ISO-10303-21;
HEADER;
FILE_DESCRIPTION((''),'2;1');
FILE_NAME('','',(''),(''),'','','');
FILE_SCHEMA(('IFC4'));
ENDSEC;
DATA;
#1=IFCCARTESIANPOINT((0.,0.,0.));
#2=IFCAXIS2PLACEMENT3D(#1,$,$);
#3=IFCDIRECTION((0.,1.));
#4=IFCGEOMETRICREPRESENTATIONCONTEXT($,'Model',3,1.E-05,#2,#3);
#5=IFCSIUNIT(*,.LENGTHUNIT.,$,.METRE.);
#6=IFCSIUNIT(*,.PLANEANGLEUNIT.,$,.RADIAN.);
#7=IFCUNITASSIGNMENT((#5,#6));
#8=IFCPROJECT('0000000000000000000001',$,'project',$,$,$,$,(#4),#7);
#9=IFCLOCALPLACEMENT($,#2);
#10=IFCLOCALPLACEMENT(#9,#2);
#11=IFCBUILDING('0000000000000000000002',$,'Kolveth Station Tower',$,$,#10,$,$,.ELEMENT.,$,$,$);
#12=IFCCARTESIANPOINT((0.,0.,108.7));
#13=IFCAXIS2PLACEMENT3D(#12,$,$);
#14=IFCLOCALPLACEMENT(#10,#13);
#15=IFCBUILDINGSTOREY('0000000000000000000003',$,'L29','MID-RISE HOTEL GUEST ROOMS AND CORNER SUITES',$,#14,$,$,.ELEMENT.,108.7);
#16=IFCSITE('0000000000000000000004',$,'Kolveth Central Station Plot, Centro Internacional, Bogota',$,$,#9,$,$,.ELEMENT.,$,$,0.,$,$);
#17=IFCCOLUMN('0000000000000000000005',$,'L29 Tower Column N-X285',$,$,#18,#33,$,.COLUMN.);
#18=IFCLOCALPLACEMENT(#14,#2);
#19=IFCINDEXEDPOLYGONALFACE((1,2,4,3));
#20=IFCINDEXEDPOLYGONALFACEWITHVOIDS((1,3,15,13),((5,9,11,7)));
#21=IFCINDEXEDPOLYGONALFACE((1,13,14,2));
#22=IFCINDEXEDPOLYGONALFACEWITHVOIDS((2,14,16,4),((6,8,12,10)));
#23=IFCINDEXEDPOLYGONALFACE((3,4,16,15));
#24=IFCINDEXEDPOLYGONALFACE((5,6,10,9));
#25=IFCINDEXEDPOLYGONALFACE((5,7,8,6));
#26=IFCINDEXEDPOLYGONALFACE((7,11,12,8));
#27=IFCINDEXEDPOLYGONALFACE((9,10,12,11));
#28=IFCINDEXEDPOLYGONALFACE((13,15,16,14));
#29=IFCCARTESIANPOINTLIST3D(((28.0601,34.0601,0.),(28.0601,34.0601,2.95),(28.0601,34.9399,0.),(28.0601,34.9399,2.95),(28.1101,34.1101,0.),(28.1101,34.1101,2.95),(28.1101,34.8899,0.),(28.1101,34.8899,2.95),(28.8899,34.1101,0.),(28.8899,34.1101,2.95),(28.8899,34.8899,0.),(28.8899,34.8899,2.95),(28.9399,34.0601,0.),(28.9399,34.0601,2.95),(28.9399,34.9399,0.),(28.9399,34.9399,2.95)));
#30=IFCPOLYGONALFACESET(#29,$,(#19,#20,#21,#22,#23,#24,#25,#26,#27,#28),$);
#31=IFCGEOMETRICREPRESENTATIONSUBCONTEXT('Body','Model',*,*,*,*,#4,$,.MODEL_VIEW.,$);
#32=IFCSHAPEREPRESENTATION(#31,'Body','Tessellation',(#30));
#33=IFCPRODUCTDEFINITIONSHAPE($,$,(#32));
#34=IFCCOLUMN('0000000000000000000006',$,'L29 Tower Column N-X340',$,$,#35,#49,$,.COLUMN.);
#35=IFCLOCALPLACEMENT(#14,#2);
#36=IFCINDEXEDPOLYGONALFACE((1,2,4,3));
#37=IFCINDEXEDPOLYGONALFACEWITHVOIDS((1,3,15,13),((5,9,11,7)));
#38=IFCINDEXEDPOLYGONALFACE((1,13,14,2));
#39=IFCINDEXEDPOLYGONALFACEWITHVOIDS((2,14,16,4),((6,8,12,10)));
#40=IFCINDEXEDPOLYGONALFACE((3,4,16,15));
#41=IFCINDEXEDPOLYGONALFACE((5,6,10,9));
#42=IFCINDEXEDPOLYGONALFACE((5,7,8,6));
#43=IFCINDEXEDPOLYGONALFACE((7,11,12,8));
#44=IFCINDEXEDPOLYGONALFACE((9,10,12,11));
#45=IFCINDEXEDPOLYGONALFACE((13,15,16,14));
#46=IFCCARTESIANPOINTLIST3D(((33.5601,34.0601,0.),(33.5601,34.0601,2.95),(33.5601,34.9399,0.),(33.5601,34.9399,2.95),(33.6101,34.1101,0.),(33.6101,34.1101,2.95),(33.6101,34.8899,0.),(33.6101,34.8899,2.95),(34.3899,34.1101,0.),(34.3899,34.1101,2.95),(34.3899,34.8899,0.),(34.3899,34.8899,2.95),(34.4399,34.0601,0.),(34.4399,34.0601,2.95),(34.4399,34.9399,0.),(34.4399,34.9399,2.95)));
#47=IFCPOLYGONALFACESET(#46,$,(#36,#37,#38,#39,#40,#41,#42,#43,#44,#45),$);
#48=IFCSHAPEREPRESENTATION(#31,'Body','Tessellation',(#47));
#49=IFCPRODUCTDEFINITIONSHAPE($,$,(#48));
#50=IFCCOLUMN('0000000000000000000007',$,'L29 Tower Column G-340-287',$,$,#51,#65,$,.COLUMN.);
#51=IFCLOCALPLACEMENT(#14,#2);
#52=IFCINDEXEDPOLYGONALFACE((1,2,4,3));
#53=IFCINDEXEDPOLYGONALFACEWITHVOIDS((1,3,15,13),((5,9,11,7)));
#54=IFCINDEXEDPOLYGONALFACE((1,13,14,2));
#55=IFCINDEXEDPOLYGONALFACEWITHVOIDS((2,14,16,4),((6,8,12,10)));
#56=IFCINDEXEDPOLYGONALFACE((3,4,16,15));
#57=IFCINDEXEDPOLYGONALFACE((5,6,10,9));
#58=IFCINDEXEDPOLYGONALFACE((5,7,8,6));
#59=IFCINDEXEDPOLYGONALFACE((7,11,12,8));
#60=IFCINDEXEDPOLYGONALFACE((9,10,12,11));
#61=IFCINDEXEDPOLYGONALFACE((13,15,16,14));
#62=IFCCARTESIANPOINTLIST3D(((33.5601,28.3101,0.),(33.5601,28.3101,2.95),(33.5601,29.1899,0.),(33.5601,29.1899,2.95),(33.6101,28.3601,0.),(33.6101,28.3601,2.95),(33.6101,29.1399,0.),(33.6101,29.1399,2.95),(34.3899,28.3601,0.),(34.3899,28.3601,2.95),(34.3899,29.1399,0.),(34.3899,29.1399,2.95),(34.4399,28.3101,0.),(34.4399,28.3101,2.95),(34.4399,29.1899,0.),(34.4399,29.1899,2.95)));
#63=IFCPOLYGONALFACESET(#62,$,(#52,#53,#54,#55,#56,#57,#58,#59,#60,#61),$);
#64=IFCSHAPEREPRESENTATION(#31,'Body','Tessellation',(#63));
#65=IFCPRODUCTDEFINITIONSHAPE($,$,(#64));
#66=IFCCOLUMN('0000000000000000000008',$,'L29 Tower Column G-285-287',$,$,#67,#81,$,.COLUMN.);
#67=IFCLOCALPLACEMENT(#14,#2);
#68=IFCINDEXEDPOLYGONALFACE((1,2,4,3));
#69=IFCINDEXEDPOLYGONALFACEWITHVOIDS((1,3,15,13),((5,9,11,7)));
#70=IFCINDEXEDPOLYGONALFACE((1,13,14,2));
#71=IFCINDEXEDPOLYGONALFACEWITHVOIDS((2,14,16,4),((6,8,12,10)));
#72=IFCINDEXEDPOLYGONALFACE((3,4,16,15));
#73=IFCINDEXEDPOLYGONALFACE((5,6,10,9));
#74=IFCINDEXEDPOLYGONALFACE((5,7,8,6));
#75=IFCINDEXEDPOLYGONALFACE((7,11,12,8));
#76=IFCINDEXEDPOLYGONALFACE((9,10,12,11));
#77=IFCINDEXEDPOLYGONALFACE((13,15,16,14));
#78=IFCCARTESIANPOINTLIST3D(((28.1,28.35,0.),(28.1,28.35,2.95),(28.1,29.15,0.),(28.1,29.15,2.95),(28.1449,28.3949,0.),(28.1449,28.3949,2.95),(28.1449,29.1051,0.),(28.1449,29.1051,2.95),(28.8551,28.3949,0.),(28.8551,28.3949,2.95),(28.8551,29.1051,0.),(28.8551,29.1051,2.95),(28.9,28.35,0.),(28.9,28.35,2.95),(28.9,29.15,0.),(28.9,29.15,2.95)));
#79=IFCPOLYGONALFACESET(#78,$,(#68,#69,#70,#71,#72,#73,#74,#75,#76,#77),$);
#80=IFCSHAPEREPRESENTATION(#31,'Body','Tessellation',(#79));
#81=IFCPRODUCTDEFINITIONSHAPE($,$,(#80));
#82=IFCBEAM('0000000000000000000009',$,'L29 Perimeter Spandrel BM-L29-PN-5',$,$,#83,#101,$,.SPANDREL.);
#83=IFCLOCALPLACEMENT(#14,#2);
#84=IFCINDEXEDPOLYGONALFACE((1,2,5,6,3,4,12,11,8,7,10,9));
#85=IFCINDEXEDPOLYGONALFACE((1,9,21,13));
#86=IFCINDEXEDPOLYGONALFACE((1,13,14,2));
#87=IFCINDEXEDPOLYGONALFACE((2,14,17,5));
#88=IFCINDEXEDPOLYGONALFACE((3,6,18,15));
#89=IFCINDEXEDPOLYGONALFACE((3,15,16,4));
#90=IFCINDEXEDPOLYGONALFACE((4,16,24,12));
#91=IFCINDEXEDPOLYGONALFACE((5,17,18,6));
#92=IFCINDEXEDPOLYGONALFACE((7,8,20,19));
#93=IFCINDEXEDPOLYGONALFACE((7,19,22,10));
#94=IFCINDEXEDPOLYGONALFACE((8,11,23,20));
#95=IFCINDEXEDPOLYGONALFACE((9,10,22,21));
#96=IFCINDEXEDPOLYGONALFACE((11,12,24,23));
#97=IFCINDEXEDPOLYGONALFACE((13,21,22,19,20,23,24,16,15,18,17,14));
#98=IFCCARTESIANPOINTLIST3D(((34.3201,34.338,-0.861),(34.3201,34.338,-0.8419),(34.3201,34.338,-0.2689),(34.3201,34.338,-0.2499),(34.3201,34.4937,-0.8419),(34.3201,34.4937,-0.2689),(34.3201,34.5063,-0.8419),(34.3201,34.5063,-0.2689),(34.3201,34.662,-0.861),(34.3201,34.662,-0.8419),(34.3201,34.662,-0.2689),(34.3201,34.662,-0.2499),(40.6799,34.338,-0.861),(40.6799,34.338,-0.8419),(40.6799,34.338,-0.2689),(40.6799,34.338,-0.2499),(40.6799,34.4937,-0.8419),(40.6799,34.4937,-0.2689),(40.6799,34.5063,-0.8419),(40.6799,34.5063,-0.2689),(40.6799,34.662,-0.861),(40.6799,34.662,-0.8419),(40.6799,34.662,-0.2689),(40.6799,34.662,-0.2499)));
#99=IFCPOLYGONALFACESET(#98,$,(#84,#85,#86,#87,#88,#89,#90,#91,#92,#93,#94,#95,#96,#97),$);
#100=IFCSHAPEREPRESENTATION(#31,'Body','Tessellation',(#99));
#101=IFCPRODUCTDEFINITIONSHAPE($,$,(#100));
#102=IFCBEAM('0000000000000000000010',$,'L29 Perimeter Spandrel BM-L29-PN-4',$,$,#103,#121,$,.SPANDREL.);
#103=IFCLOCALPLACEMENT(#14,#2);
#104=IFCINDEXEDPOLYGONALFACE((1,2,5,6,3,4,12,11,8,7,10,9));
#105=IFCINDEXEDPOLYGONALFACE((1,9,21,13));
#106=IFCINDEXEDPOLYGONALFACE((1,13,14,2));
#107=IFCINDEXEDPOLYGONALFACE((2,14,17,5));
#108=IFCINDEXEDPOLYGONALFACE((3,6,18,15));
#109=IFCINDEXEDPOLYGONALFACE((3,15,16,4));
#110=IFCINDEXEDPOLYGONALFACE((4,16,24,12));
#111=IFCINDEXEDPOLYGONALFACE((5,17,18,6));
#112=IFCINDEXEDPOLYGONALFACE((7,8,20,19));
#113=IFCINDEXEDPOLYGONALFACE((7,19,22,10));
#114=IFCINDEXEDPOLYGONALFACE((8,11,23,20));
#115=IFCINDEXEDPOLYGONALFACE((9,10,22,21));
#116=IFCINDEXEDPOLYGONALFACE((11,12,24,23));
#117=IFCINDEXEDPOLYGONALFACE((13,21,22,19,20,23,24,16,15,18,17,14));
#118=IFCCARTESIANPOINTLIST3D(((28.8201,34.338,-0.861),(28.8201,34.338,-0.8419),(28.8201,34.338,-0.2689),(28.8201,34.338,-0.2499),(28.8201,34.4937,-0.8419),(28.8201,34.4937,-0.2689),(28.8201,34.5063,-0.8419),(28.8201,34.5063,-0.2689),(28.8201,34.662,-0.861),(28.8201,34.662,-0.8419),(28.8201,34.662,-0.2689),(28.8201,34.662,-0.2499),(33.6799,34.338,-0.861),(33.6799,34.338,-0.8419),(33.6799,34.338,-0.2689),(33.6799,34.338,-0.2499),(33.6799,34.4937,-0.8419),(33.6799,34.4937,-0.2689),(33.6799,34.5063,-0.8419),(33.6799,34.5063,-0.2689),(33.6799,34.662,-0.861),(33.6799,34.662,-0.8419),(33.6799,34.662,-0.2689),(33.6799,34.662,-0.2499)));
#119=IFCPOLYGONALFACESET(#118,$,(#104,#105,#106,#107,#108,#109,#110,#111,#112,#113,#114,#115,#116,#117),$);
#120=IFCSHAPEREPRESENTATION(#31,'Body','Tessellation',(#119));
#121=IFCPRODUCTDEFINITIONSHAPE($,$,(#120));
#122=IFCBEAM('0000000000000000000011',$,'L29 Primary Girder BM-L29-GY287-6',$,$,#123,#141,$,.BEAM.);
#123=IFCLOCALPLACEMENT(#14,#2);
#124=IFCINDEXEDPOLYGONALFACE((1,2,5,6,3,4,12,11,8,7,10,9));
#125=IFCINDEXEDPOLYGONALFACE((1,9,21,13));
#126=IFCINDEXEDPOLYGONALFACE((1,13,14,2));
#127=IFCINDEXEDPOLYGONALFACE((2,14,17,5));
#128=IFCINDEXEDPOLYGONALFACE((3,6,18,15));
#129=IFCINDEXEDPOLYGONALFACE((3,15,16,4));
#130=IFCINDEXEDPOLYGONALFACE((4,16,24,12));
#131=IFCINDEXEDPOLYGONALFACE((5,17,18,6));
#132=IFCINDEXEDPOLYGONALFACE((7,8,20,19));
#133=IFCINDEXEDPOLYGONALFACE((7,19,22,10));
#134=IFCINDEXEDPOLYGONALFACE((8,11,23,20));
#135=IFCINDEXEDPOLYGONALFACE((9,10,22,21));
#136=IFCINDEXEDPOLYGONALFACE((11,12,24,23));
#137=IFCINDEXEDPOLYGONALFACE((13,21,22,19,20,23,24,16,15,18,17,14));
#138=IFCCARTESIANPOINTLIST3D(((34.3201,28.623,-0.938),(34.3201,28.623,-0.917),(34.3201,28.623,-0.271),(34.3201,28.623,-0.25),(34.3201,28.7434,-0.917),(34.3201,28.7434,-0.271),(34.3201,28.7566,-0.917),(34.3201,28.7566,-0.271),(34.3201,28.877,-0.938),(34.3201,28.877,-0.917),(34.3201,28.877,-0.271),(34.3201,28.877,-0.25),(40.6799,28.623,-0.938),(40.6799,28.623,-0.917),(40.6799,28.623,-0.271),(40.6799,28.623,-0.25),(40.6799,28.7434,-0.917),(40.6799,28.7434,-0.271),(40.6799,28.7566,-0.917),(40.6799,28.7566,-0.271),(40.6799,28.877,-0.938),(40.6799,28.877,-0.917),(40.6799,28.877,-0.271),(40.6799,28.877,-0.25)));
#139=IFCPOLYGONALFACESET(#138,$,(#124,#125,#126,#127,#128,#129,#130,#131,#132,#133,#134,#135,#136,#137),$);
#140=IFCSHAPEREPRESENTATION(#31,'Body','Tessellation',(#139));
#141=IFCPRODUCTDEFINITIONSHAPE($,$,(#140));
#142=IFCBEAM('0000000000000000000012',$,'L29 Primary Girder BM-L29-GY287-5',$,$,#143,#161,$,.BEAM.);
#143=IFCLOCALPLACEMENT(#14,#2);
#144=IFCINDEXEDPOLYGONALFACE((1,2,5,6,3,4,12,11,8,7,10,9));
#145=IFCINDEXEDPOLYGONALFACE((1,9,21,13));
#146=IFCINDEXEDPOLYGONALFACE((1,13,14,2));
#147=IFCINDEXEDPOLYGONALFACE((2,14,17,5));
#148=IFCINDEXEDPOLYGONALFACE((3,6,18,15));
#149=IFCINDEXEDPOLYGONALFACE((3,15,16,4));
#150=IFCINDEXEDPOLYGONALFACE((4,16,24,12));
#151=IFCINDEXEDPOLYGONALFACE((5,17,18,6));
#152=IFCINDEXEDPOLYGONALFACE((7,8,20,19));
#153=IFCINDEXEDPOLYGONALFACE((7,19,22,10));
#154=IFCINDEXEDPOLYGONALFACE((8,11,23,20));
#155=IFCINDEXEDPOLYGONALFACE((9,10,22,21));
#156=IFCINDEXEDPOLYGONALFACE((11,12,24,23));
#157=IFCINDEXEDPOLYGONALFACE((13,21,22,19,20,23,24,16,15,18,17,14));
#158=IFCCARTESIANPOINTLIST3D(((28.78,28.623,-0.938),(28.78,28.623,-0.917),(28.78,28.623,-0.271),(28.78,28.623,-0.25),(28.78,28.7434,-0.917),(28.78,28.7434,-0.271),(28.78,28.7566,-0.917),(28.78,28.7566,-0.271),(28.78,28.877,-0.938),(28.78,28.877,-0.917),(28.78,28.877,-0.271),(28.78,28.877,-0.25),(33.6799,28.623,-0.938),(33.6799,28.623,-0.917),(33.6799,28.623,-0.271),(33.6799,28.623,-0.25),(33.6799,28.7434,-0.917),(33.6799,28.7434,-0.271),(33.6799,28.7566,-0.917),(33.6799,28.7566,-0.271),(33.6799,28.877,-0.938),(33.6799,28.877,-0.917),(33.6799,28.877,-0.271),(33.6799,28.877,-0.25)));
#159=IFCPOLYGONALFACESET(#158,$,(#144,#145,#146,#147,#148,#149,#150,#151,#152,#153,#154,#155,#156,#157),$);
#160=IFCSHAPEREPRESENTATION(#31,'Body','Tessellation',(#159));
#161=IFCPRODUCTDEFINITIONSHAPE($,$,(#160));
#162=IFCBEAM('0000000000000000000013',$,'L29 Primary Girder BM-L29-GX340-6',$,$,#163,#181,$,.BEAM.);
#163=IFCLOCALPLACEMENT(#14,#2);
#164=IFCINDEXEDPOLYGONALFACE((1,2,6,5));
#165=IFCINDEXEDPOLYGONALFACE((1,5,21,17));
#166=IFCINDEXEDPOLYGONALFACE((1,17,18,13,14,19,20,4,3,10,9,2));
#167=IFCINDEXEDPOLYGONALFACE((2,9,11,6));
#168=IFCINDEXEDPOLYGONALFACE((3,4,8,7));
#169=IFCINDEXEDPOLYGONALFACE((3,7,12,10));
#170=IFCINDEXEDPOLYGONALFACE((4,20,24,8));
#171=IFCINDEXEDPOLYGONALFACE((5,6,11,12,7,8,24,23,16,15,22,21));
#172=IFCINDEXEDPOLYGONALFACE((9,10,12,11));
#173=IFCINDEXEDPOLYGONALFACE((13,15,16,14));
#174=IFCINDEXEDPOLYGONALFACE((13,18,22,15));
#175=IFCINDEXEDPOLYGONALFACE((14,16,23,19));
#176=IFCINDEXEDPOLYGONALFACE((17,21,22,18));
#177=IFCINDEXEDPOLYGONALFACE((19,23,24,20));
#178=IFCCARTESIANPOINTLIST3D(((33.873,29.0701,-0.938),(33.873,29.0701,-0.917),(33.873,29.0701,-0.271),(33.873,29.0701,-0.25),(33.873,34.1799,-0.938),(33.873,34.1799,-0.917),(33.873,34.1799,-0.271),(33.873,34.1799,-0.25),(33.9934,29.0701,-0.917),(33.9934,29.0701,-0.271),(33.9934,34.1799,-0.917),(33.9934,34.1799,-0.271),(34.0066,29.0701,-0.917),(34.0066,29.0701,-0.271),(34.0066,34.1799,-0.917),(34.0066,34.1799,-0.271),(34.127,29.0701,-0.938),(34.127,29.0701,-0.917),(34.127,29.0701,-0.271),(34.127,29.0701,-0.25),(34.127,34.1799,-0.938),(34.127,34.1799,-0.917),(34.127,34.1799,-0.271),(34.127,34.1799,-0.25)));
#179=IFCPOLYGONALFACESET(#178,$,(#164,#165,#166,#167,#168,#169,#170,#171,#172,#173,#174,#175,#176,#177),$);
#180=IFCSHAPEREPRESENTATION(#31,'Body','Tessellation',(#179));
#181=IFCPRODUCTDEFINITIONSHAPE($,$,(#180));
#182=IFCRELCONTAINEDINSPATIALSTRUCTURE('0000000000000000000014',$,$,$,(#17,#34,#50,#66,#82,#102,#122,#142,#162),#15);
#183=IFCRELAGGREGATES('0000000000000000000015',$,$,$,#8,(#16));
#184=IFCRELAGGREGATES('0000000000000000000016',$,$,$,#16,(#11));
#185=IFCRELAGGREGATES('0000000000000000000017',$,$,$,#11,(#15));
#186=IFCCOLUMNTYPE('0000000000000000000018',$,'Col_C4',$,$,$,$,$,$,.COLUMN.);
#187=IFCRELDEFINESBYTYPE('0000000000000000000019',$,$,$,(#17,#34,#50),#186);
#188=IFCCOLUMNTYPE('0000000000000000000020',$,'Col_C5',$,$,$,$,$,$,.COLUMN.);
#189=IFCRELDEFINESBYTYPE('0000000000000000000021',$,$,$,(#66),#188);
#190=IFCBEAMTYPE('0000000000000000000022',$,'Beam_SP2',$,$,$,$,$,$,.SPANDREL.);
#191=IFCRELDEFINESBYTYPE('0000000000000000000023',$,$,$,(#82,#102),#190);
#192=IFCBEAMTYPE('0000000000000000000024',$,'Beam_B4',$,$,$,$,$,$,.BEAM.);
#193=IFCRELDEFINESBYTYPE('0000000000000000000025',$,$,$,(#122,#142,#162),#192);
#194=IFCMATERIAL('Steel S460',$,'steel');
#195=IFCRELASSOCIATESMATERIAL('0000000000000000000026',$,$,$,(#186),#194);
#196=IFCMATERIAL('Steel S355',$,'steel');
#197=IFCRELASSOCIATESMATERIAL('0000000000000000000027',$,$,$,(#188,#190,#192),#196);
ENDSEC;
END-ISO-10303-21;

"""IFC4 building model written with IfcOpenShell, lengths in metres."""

from ifc_helpers import new_model, si_unit, direction, frame, origin, origin_2d, place, context, subcontext, project, spatial, hollow_rectangle, i_section, extrude, source, transform, mapped, material, material_profile, profile_set, type_object, element, save


model = new_model("IFC4")

# Units and contexts
model_context = context("Model", 3, precision=1e-05, world=origin(), true_north=direction((0.0, 1.0)))
body_context = subcontext(model_context, "Body", "Model", "MODEL_VIEW")
ifc_project = project(units=[si_unit("LENGTHUNIT", "METRE"), si_unit("PLANEANGLEUNIT", "RADIAN")], contexts=[model_context])

# Site, building, storey
site_placement = place(None, origin())
site = spatial("IfcSite", under=ifc_project, at=site_placement, Name="Kolveth Central Station Plot, Centro Internacional, Bogota", CompositionType="ELEMENT", RefElevation=0.0)
building_placement = place(site_placement, origin())
building = spatial("IfcBuilding", under=site, at=building_placement, Name="Kolveth Station Tower", CompositionType="ELEMENT")
storey_placement = place(building_placement, frame((0.0, 0.0, 108.7)))
storey = spatial("IfcBuildingStorey", under=building, at=storey_placement, Name="L29", Description="MID-RISE HOTEL GUEST ROOMS AND CORNER SUITES", CompositionType="ELEMENT", Elevation=108.7)

# Columns
ifc_material_1 = material(Name="Steel S460", Category="steel")
ifc_material_profile_1 = material_profile(ifc_material_1, hollow_rectangle(XDim=0.8799, YDim=0.8799, WallThickness=0.05, at=origin_2d()), Name="BOX880x880x50")
ifc_profile_set_1 = profile_set([ifc_material_profile_1], Name="Steel S460")
column_type_1 = type_object("IfcColumnType", Name="Col_C4", PredefinedType="COLUMN", material=ifc_profile_set_1)
shared_shape_1 = source(origin(), body_context, "Body", "SweptSolid", [
    extrude(hollow_rectangle(XDim=0.8799, YDim=0.8799, WallThickness=0.05, at=origin_2d()), origin(), (0.0, 0.0, 1.0), 2.95),
])
for number, where, z_axis, x_axis, name in (
    (1, (28.5, 34.5, 0.0), (0.0, 0.0, 1.0), (1.0, 0.0, 0.0), "L29 Tower Column N-X285"),
    (2, (34.0, 34.5, 0.0), (0.0, 0.0, 1.0), (1.0, 0.0, 0.0), "L29 Tower Column N-X340"),
    (3, (34.0, 28.75, 0.0), (0.0, 0.0, 1.0), (1.0, 0.0, 0.0), "L29 Tower Column G-340-287"),
):
    element("IfcColumn", number, at=place(storey_placement, frame(where, z_axis=z_axis, x_axis=x_axis)), inside=storey, type_object=column_type_1, Name=name, PredefinedType="COLUMN", context=body_context, shape_type="MappedRepresentation", body=[
        mapped(shared_shape_1, transform((0.0, 0.0, 0.0), x_axis=(1.0, 0.0, 0.0), y_axis=(0.0, 1.0, 0.0), z_axis=(0.0, 0.0, 1.0), scale=1.0)),
    ])
ifc_material_2 = material(Name="Steel S355", Category="steel")
ifc_material_profile_2 = material_profile(ifc_material_2, hollow_rectangle(XDim=0.8, YDim=0.8, WallThickness=0.0449, at=origin_2d()), Name="BOX800x800x45")
ifc_profile_set_2 = profile_set([ifc_material_profile_2], Name="Steel S355")
column_type_2 = type_object("IfcColumnType", Name="Col_C5", PredefinedType="COLUMN", material=ifc_profile_set_2)
shared_shape_2 = source(origin(), body_context, "Body", "SweptSolid", [
    extrude(hollow_rectangle(XDim=0.8, YDim=0.8, WallThickness=0.0449, at=origin_2d()), origin(), (0.0, 0.0, 1.0), 2.95),
])
column_placement = place(storey_placement, frame((28.5, 28.75, 0.0), z_axis=(0.0, 0.0, 1.0), x_axis=(1.0, 0.0, 0.0)))
element("IfcColumn", 4, at=column_placement, inside=storey, type_object=column_type_2, Name="L29 Tower Column G-285-287", PredefinedType="COLUMN", context=body_context, shape_type="MappedRepresentation", body=[
    mapped(shared_shape_2, transform((0.0, 0.0, 0.0), x_axis=(1.0, 0.0, 0.0), y_axis=(0.0, 1.0, 0.0), z_axis=(0.0, 0.0, 1.0), scale=1.0)),
])

# Beams
ifc_material_profile_3 = material_profile(ifc_material_2, i_section(OverallWidth=0.324, OverallDepth=0.6111, WebThickness=0.0127, FlangeThickness=0.019, at=origin_2d()), Name="W610x155")
ifc_profile_set_3 = profile_set([ifc_material_profile_3], Name="Steel S355")
beam_type_1 = type_object("IfcBeamType", Name="Beam_SP2", PredefinedType="SPANDREL", material=ifc_profile_set_3)
shared_shape_3 = source(origin(), body_context, "Body", "SweptSolid", [
    extrude(i_section(OverallWidth=0.324, OverallDepth=0.6111, WebThickness=0.0127, FlangeThickness=0.019, at=origin_2d()), origin(), (0.0, 0.0, 1.0), 6.3599),
])
beam_1_placement = place(storey_placement, frame((34.3201, 34.5, -0.5554), z_axis=(1.0, 0.0, 0.0), x_axis=(0.0, 1.0, 0.0)))
element("IfcBeam", 5, at=beam_1_placement, inside=storey, type_object=beam_type_1, Name="L29 Perimeter Spandrel BM-L29-PN-5", PredefinedType="SPANDREL", context=body_context, shape_type="MappedRepresentation", body=[
    mapped(shared_shape_3, transform((0.0, 0.0, 0.0), x_axis=(1.0, 0.0, 0.0), y_axis=(0.0, 1.0, 0.0), z_axis=(0.0, 0.0, 1.0), scale=1.0)),
])
shared_shape_4 = source(origin(), body_context, "Body", "SweptSolid", [
    extrude(i_section(OverallWidth=0.324, OverallDepth=0.6111, WebThickness=0.0127, FlangeThickness=0.019, at=origin_2d()), origin(), (0.0, 0.0, 1.0), 4.8599),
])
beam_2_placement = place(storey_placement, frame((28.8201, 34.5, -0.5554), z_axis=(1.0, 0.0, 0.0), x_axis=(0.0, 1.0, 0.0)))
element("IfcBeam", 6, at=beam_2_placement, inside=storey, type_object=beam_type_1, Name="L29 Perimeter Spandrel BM-L29-PN-4", PredefinedType="SPANDREL", context=body_context, shape_type="MappedRepresentation", body=[
    mapped(shared_shape_4, transform((0.0, 0.0, 0.0), x_axis=(1.0, 0.0, 0.0), y_axis=(0.0, 1.0, 0.0), z_axis=(0.0, 0.0, 1.0), scale=1.0)),
])
ifc_material_profile_4 = material_profile(ifc_material_2, i_section(OverallWidth=0.2539, OverallDepth=0.688, WebThickness=0.0132, FlangeThickness=0.021, at=origin_2d()), Name="W690x152")
ifc_profile_set_4 = profile_set([ifc_material_profile_4], Name="Steel S355")
beam_type_2 = type_object("IfcBeamType", Name="Beam_B4", PredefinedType="BEAM", material=ifc_profile_set_4)
shared_shape_5 = source(origin(), body_context, "Body", "SweptSolid", [
    extrude(i_section(OverallWidth=0.2539, OverallDepth=0.688, WebThickness=0.0132, FlangeThickness=0.021, at=origin_2d()), origin(), (0.0, 0.0, 1.0), 6.3599),
])
beam_3_placement = place(storey_placement, frame((34.3201, 28.75, -0.594), z_axis=(1.0, 0.0, 0.0), x_axis=(0.0, 1.0, 0.0)))
element("IfcBeam", 7, at=beam_3_placement, inside=storey, type_object=beam_type_2, Name="L29 Primary Girder BM-L29-GY287-6", PredefinedType="BEAM", context=body_context, shape_type="MappedRepresentation", body=[
    mapped(shared_shape_5, transform((0.0, 0.0, 0.0), x_axis=(1.0, 0.0, 0.0), y_axis=(0.0, 1.0, 0.0), z_axis=(0.0, 0.0, 1.0), scale=1.0)),
])
shared_shape_6 = source(origin(), body_context, "Body", "SweptSolid", [
    extrude(i_section(OverallWidth=0.2539, OverallDepth=0.688, WebThickness=0.0132, FlangeThickness=0.021, at=origin_2d()), origin(), (0.0, 0.0, 1.0), 4.8999),
])
beam_4_placement = place(storey_placement, frame((28.78, 28.75, -0.594), z_axis=(1.0, 0.0, 0.0), x_axis=(0.0, 1.0, 0.0)))
element("IfcBeam", 8, at=beam_4_placement, inside=storey, type_object=beam_type_2, Name="L29 Primary Girder BM-L29-GY287-5", PredefinedType="BEAM", context=body_context, shape_type="MappedRepresentation", body=[
    mapped(shared_shape_6, transform((0.0, 0.0, 0.0), x_axis=(1.0, 0.0, 0.0), y_axis=(0.0, 1.0, 0.0), z_axis=(0.0, 0.0, 1.0), scale=1.0)),
])
shared_shape_7 = source(origin(), body_context, "Body", "SweptSolid", [
    extrude(i_section(OverallWidth=0.2539, OverallDepth=0.688, WebThickness=0.0132, FlangeThickness=0.021, at=origin_2d()), origin(), (0.0, 0.0, 1.0), 5.1099),
])
beam_5_placement = place(storey_placement, frame((34.0, 29.0701, -0.594), z_axis=(0.0, 1.0, 0.0), x_axis=(-1.0, 0.0, 0.0)))
element("IfcBeam", 9, at=beam_5_placement, inside=storey, type_object=beam_type_2, Name="L29 Primary Girder BM-L29-GX340-6", PredefinedType="BEAM", context=body_context, shape_type="MappedRepresentation", body=[
    mapped(shared_shape_7, transform((0.0, 0.0, 0.0), x_axis=(1.0, 0.0, 0.0), y_axis=(0.0, 1.0, 0.0), z_axis=(0.0, 0.0, 1.0), scale=1.0)),
])

save(model, "model.ifc")
